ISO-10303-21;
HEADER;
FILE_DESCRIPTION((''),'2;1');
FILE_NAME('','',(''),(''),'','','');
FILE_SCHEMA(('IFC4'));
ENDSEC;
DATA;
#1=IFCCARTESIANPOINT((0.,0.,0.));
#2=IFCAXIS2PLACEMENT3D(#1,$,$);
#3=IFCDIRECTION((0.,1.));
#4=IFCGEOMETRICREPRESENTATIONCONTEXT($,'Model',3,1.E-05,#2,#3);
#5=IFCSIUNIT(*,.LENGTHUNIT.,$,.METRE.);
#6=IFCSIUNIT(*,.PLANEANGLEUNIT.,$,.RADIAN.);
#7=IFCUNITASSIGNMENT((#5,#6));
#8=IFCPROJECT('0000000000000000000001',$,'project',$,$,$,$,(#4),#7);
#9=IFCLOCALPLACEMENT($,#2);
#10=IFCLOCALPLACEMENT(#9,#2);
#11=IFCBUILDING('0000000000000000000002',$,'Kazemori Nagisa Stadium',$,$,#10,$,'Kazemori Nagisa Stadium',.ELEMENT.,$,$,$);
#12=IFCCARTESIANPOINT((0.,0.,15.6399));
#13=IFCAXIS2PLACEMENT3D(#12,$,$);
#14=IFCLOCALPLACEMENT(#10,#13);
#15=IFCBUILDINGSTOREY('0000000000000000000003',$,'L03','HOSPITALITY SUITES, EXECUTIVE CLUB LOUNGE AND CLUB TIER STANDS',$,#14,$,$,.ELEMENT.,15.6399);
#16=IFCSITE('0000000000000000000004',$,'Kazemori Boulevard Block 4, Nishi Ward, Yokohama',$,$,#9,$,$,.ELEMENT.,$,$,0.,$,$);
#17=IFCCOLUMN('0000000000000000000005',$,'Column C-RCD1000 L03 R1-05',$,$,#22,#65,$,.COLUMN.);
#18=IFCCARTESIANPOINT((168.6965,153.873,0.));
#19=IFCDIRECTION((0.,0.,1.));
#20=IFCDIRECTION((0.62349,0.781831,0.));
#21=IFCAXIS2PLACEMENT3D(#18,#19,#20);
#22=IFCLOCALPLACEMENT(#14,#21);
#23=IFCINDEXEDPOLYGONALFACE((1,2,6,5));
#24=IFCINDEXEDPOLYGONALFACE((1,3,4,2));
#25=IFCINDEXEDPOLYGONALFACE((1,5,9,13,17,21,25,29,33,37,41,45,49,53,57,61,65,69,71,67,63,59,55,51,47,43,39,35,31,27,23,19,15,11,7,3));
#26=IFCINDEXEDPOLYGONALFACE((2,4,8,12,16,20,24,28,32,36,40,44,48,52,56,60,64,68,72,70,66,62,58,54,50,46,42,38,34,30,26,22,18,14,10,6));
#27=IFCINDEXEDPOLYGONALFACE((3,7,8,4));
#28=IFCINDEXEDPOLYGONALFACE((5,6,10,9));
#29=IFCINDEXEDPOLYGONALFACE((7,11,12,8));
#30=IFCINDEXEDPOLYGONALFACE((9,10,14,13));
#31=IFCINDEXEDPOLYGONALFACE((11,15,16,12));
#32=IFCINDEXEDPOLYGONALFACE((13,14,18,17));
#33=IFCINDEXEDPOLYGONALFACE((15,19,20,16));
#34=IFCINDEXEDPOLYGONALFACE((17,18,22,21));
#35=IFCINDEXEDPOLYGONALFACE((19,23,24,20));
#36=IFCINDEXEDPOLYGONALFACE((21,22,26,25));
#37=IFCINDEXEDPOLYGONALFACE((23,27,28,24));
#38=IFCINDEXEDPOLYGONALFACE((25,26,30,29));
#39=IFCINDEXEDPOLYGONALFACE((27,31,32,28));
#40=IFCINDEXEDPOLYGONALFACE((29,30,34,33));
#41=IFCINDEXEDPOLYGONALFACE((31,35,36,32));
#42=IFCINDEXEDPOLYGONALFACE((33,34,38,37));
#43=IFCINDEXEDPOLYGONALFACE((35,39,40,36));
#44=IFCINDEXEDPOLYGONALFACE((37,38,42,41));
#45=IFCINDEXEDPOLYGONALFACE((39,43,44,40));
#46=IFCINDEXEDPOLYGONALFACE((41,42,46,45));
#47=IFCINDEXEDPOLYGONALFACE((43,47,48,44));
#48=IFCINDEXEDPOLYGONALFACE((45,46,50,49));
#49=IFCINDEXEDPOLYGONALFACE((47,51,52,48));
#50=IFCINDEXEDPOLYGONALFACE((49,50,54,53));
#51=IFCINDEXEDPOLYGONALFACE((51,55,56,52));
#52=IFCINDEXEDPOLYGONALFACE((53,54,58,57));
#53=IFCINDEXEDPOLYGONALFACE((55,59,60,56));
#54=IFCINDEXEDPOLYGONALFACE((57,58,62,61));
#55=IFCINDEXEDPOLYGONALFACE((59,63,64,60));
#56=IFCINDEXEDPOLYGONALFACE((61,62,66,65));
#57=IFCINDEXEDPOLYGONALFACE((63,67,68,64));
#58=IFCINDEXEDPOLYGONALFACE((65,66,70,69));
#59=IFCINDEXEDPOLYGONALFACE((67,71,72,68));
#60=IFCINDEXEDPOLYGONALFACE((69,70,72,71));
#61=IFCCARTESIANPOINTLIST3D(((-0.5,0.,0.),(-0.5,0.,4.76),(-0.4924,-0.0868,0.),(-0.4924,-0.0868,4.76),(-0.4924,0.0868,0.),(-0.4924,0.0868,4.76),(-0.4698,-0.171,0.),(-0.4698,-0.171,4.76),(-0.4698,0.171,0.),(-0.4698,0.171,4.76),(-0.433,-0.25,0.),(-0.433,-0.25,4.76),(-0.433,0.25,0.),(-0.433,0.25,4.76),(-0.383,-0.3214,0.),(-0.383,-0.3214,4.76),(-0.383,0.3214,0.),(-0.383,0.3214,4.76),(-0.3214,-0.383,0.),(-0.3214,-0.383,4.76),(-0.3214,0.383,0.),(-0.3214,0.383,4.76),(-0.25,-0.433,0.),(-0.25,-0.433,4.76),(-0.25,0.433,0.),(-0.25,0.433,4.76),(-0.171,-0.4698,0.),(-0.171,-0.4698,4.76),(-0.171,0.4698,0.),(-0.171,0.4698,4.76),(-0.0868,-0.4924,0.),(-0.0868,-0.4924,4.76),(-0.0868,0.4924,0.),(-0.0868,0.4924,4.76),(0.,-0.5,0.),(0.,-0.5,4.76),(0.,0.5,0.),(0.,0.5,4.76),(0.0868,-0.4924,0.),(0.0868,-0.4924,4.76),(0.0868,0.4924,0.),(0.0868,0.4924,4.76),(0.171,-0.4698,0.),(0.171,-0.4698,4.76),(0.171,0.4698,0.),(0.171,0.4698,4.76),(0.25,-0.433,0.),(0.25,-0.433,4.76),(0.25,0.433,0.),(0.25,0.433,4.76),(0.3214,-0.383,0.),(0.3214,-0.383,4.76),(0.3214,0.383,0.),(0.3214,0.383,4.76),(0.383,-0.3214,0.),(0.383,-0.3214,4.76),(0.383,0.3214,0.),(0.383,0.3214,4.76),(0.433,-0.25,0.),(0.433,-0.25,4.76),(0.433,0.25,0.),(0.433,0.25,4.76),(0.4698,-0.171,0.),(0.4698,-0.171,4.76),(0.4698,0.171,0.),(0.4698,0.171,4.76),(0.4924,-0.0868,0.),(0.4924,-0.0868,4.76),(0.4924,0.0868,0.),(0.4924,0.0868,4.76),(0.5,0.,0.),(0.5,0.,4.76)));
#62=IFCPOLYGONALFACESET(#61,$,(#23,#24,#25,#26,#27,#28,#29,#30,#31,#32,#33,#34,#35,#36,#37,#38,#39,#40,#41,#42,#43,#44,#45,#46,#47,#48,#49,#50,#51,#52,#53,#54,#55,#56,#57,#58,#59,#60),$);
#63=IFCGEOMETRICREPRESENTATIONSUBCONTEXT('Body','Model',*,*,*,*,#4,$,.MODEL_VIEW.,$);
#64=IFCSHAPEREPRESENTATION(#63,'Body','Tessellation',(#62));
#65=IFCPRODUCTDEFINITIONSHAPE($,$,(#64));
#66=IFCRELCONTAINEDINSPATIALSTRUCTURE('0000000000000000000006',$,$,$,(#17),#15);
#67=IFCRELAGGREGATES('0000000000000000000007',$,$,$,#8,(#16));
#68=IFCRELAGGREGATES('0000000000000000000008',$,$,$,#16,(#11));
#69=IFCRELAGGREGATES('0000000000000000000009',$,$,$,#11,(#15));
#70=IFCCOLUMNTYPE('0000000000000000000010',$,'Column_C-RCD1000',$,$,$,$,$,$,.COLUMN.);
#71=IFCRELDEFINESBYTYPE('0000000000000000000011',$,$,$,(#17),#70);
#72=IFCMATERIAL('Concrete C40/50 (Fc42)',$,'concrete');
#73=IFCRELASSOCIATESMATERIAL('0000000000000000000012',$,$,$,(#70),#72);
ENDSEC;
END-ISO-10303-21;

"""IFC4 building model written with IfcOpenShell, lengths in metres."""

from ifc_helpers import new_model, si_unit, direction, frame, origin, origin_2d, place, context, subcontext, project, spatial, circle, extrude, material, material_profile, profile_set, type_object, element, save


model = new_model("IFC4")

# Units and contexts
model_context = context("Model", 3, precision=1e-05, world=origin(), true_north=direction((0.0, 1.0)))
body_context = subcontext(model_context, "Body", "Model", "MODEL_VIEW")
ifc_project = project(units=[si_unit("LENGTHUNIT", "METRE"), si_unit("PLANEANGLEUNIT", "RADIAN")], contexts=[model_context])

# Site, building, storey
site_placement = place(None, origin())
site = spatial("IfcSite", under=ifc_project, at=site_placement, Name="Kazemori Boulevard Block 4, Nishi Ward, Yokohama", CompositionType="ELEMENT", RefElevation=0.0)
building_placement = place(site_placement, origin())
building = spatial("IfcBuilding", under=site, at=building_placement, Name="Kazemori Nagisa Stadium", LongName="Kazemori Nagisa Stadium", CompositionType="ELEMENT")
storey_placement = place(building_placement, frame((0.0, 0.0, 15.6399)))
storey = spatial("IfcBuildingStorey", under=building, at=storey_placement, Name="L03", Description="HOSPITALITY SUITES, EXECUTIVE CLUB LOUNGE AND CLUB TIER STANDS", CompositionType="ELEMENT", Elevation=15.6399)

# Column
ifc_material_1 = material(Name="Concrete C40/50 (Fc42)", Category="concrete")
ifc_material_profile_1 = material_profile(ifc_material_1, circle(Radius=0.5, at=origin_2d()), Name="RC-COL-D1000")
ifc_profile_set_1 = profile_set([ifc_material_profile_1], Name="Concrete C40/50 (Fc42)")
column_type_1 = type_object("IfcColumnType", Name="Column_C-RCD1000", PredefinedType="COLUMN", material=ifc_profile_set_1)
column_placement = place(storey_placement, frame((168.6965, 153.873, 0.0), z_axis=(0.0, 0.0, 1.0), x_axis=(0.62349, 0.781831, 0.0)))
element("IfcColumn", 1, at=column_placement, inside=storey, type_object=column_type_1, Name="Column C-RCD1000 L03 R1-05", PredefinedType="COLUMN", context=body_context, shape_type="SweptSolid", body=[
    extrude(circle(Radius=0.5, at=origin_2d()), origin(), (0.0, 0.0, 1.0), 4.76),
])

save(model, "model.ifc")
